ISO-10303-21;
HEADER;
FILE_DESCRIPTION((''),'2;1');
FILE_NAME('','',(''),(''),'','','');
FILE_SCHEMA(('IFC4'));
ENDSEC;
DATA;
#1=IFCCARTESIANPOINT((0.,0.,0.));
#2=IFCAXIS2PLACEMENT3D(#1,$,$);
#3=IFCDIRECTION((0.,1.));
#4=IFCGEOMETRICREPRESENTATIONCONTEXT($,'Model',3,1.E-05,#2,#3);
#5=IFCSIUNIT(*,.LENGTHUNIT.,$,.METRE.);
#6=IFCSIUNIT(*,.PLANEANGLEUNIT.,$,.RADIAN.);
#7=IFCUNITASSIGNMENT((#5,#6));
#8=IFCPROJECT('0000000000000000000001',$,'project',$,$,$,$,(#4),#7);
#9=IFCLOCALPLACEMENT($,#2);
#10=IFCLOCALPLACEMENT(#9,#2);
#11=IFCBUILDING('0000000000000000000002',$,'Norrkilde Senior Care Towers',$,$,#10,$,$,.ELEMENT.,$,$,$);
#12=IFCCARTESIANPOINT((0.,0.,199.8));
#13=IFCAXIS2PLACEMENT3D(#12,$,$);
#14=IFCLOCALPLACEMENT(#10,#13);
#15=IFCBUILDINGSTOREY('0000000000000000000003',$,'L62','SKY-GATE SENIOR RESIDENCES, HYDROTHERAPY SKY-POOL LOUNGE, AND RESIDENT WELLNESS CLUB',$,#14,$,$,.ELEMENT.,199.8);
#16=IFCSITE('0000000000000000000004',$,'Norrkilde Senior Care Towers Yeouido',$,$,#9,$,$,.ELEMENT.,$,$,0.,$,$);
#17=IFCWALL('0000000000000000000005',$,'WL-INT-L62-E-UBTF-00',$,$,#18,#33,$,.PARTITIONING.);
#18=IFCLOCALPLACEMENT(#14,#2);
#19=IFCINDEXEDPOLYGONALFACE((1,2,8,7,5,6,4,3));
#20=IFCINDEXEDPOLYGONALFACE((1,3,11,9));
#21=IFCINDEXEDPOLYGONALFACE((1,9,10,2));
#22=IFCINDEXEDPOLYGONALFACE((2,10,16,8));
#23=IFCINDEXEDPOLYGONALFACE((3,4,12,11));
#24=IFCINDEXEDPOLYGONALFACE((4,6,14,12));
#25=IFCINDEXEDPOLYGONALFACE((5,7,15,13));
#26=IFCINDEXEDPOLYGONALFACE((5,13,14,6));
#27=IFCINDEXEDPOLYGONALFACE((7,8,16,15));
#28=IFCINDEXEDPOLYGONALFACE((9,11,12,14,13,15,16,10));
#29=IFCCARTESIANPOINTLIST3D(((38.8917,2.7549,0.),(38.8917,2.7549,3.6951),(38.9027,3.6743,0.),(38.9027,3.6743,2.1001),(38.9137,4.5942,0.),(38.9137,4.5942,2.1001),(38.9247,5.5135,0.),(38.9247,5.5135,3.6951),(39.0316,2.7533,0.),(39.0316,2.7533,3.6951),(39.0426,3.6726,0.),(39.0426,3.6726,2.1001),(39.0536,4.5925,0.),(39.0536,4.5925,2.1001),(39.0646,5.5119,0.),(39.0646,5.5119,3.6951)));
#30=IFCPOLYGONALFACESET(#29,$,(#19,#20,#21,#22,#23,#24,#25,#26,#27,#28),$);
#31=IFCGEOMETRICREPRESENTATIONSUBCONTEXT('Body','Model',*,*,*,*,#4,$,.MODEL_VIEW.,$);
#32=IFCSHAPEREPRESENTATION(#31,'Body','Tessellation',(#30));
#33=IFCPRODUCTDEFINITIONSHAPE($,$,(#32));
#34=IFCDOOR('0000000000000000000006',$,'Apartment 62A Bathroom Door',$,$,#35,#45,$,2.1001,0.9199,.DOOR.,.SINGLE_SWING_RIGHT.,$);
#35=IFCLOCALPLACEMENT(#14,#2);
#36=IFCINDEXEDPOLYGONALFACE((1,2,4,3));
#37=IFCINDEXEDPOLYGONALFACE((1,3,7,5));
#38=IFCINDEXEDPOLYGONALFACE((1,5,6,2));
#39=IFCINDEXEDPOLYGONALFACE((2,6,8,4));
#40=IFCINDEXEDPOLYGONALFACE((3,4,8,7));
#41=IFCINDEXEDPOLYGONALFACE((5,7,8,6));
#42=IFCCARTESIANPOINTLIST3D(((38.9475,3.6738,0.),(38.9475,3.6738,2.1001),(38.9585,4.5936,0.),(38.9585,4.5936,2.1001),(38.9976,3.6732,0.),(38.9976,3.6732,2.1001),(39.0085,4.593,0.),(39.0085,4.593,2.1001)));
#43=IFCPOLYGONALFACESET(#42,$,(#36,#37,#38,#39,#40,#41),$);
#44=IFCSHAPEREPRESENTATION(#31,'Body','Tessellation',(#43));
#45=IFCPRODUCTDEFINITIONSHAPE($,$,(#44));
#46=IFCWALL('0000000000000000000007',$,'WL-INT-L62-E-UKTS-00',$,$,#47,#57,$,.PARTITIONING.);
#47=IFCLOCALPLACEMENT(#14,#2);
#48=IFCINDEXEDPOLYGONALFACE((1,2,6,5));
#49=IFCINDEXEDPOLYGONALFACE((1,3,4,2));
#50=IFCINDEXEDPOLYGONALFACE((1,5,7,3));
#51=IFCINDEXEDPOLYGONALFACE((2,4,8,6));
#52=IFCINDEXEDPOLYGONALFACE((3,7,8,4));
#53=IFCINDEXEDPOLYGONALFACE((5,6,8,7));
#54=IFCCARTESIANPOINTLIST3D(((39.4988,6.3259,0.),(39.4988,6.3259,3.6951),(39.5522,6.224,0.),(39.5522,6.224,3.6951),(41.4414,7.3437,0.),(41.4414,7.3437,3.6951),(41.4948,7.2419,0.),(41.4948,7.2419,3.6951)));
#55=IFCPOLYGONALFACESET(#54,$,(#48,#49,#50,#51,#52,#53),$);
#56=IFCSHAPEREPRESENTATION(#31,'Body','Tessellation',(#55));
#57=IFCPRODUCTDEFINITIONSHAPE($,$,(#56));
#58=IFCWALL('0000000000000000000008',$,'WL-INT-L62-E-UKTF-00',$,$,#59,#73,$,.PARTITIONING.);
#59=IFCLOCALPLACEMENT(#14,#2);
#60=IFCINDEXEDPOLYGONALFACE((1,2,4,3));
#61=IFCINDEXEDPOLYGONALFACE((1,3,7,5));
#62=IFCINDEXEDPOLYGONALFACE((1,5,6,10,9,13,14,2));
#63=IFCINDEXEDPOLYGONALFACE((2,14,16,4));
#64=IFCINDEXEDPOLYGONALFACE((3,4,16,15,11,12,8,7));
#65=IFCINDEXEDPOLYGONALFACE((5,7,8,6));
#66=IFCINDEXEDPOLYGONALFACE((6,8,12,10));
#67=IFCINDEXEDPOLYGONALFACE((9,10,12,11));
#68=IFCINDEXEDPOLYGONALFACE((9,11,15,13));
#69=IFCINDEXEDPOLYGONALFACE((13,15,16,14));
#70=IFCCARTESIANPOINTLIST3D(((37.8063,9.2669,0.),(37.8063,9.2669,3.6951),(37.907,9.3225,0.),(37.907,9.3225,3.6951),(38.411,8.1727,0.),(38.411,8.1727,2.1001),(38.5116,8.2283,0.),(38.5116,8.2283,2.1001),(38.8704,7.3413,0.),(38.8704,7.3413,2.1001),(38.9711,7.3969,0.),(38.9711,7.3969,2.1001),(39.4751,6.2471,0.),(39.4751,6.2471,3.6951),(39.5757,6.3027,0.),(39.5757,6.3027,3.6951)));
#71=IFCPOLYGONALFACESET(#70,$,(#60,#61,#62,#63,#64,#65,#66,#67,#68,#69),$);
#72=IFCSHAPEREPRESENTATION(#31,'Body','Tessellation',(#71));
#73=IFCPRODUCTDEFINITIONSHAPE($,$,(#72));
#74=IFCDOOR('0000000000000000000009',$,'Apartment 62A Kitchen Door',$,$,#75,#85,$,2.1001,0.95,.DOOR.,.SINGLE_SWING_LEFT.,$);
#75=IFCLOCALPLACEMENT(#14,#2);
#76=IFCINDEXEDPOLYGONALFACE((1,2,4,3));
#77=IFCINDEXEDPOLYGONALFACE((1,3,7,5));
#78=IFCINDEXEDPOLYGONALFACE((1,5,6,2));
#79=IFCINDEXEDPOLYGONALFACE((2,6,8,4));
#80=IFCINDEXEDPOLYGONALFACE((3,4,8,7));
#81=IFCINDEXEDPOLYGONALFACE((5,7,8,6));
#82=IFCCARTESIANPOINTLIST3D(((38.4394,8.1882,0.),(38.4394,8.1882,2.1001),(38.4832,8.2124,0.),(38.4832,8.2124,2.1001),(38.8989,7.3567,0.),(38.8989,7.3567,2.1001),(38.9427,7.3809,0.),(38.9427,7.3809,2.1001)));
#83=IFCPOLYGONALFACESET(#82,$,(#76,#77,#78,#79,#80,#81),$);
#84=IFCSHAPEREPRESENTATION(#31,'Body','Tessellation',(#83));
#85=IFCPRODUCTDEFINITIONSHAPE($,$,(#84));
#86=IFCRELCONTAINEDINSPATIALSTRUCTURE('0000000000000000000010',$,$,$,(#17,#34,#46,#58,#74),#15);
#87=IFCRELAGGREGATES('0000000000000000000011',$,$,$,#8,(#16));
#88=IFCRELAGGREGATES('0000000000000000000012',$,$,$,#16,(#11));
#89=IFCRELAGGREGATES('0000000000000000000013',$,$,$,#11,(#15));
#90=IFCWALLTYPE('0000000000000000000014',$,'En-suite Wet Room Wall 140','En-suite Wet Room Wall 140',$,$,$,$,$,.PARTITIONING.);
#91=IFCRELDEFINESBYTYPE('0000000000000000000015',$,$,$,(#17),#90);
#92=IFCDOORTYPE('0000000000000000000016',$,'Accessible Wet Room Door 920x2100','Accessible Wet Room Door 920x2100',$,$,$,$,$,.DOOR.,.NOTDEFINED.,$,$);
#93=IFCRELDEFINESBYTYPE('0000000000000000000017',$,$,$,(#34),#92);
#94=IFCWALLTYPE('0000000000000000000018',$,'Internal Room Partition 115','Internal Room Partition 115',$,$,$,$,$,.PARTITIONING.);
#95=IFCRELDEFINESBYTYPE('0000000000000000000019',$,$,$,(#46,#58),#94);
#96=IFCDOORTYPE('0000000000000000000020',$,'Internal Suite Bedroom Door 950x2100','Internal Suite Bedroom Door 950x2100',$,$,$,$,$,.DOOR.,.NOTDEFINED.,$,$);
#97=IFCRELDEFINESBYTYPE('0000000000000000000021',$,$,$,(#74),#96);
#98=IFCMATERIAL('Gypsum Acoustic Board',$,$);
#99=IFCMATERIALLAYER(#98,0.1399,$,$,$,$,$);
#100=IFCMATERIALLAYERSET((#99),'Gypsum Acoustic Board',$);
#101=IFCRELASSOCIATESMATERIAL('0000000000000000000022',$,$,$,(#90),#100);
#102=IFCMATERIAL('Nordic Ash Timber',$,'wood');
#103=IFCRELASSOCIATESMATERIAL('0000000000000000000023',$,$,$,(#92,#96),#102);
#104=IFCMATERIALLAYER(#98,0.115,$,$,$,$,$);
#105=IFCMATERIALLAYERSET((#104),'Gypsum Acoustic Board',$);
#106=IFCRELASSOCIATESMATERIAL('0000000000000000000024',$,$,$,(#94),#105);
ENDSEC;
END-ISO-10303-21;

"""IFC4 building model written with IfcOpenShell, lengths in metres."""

from ifc_helpers import new_model, si_unit, direction, frame, frame_2d, origin, place, context, subcontext, project, spatial, rectangle, extrude, source, transform, mapped, material, layer, layer_set, type_object, type_shapes, element, fill, save


model = new_model("IFC4")

# Units and contexts
model_context = context("Model", 3, precision=1e-05, world=origin(), true_north=direction((0.0, 1.0)))
body_context = subcontext(model_context, "Body", "Model", "MODEL_VIEW")
ifc_project = project(units=[si_unit("LENGTHUNIT", "METRE"), si_unit("PLANEANGLEUNIT", "RADIAN")], contexts=[model_context])

# Site, building, storey
site_placement = place(None, origin())
site = spatial("IfcSite", under=ifc_project, at=site_placement, Name="Norrkilde Senior Care Towers Yeouido", CompositionType="ELEMENT", RefElevation=0.0)
building_placement = place(site_placement, origin())
building = spatial("IfcBuilding", under=site, at=building_placement, Name="Norrkilde Senior Care Towers", CompositionType="ELEMENT")
storey_placement = place(building_placement, frame((0.0, 0.0, 199.8)))
storey = spatial("IfcBuildingStorey", under=building, at=storey_placement, Name="L62", Description="SKY-GATE SENIOR RESIDENCES, HYDROTHERAPY SKY-POOL LOUNGE, AND RESIDENT WELLNESS CLUB", CompositionType="ELEMENT", Elevation=199.8)

# Wall, opening, door
ifc_material_1 = material(Name="Gypsum Acoustic Board")
ifc_layer_1 = layer(ifc_material_1, 0.1399)
ifc_layer_set_1 = layer_set([ifc_layer_1], Name="Gypsum Acoustic Board")
wall_type_1 = type_object("IfcWallType", Name="En-suite Wet Room Wall 140", Description="En-suite Wet Room Wall 140", PredefinedType="PARTITIONING", material=ifc_layer_set_1)
shared_shape_1 = source(origin(), body_context, "Body", "SweptSolid", [
    extrude(rectangle(XDim=2.7588, YDim=0.1399, at=frame_2d((1.3794, 0.0))), origin(), (0.0, 0.0, 1.0), 3.6951),
])
type_shapes(wall_type_1, [shared_shape_1])
wall_1_placement = place(storey_placement, frame((38.9946, 5.5127, 0.0), z_axis=(0.0, 0.0, 1.0), x_axis=(-0.011947, -0.999929, 0.0)))
wall_1 = element("IfcWall", 1, at=wall_1_placement, inside=storey, type_object=wall_type_1, Name="WL-INT-L62-E-UBTF-00", PredefinedType="PARTITIONING", context=body_context, shape_type="MappedRepresentation", body=[
    mapped(shared_shape_1, transform((0.0, 0.0, 0.0), x_axis=(1.0, 0.0, 0.0), y_axis=(0.0, 1.0, 0.0), z_axis=(0.0, 0.0, 1.0), scale=1.0)),
])
opening_1_placement = place(wall_1_placement, frame((0.9194, 0.0, 0.0)))
opening_1 = element("IfcOpeningElement", 2, at=opening_1_placement, cuts=wall_1, PredefinedType="OPENING", context=body_context, shape_type="SweptSolid", body=[
    extrude(rectangle(XDim=0.9199, YDim=2.1001, at=frame_2d((0.46, 1.05))), frame((0.0, 0.0798, 0.0), z_axis=(0.0, -1.0, 0.0), x_axis=(1.0, 0.0, 0.0)), (0.0, 0.0, 1.0), 0.1599),
])
ifc_material_2 = material(Name="Nordic Ash Timber", Category="wood")
door_type_1 = type_object("IfcDoorType", Name="Accessible Wet Room Door 920x2100", Description="Accessible Wet Room Door 920x2100", OperationType="NOTDEFINED", PredefinedType="DOOR", material=ifc_material_2)
shared_shape_2 = source(origin(), body_context, "Body", "SweptSolid", [
    extrude(rectangle(XDim=0.9199, YDim=2.1001, at=frame_2d((0.46, 1.05))), frame((0.0, 0.0249, 0.0), z_axis=(0.0, -1.0, 0.0), x_axis=(1.0, 0.0, 0.0)), (0.0, 0.0, 1.0), 0.05),
])
type_shapes(door_type_1, [shared_shape_2])
door_1_placement = place(opening_1_placement, origin())
door_1 = element("IfcDoor", 3, at=door_1_placement, inside=storey, type_object=door_type_1, Name="Apartment 62A Bathroom Door", OperationType="SINGLE_SWING_RIGHT", OverallHeight=2.1001, OverallWidth=0.9199, PredefinedType="DOOR", context=body_context, shape_type="MappedRepresentation", body=[
    mapped(shared_shape_2, transform((0.0, 0.0, 0.0), x_axis=(1.0, 0.0, 0.0), y_axis=(0.0, 1.0, 0.0), z_axis=(0.0, 0.0, 1.0), scale=1.0)),
])
fill(opening_1, door_1)

# Wall
ifc_layer_2 = layer(ifc_material_1, 0.115)
ifc_layer_set_2 = layer_set([ifc_layer_2], Name="Gypsum Acoustic Board")
wall_type_2 = type_object("IfcWallType", Name="Internal Room Partition 115", Description="Internal Room Partition 115", PredefinedType="PARTITIONING", material=ifc_layer_set_2)
shared_shape_3 = source(origin(), body_context, "Body", "SweptSolid", [
    extrude(rectangle(XDim=2.1931, YDim=0.115, at=frame_2d((1.0967, 0.0))), origin(), (0.0, 0.0, 1.0), 3.6951),
])
wall_2_placement = place(storey_placement, frame((39.5254, 6.2749, 0.0), z_axis=(0.0, 0.0, 1.0), x_axis=(0.885784, 0.464099, 0.0)))
element("IfcWall", 4, at=wall_2_placement, inside=storey, type_object=wall_type_2, Name="WL-INT-L62-E-UKTS-00", PredefinedType="PARTITIONING", context=body_context, shape_type="MappedRepresentation", body=[
    mapped(shared_shape_3, transform((0.0, 0.0, 0.0), x_axis=(1.0, 0.0, 0.0), y_axis=(0.0, 1.0, 0.0), z_axis=(0.0, 0.0, 1.0), scale=1.0)),
])

# Wall, opening, door
shared_shape_4 = source(origin(), body_context, "Body", "SweptSolid", [
    extrude(rectangle(XDim=3.4502, YDim=0.115, at=frame_2d((1.7251, 0.0))), origin(), (0.0, 0.0, 1.0), 3.6951),
])
type_shapes(wall_type_2, [shared_shape_3, shared_shape_4])
wall_3_placement = place(storey_placement, frame((39.5254, 6.2749, 0.0), z_axis=(0.0, 0.0, 1.0), x_axis=(-0.483659, 0.875257, 0.0)))
wall_3 = element("IfcWall", 5, at=wall_3_placement, inside=storey, type_object=wall_type_2, Name="WL-INT-L62-E-UKTF-00", PredefinedType="PARTITIONING", context=body_context, shape_type="MappedRepresentation", body=[
    mapped(shared_shape_4, transform((0.0, 0.0, 0.0), x_axis=(1.0, 0.0, 0.0), y_axis=(0.0, 1.0, 0.0), z_axis=(0.0, 0.0, 1.0), scale=1.0)),
])
opening_2_placement = place(wall_3_placement, frame((1.25, 0.0, 0.0)))
opening_2 = element("IfcOpeningElement", 6, at=opening_2_placement, cuts=wall_3, PredefinedType="OPENING", context=body_context, shape_type="SweptSolid", body=[
    extrude(rectangle(XDim=0.95, YDim=2.1001, at=frame_2d((0.4751, 1.05))), frame((0.0, 0.0674, 0.0), z_axis=(0.0, -1.0, 0.0), x_axis=(1.0, 0.0, 0.0)), (0.0, 0.0, 1.0), 0.135),
])
door_type_2 = type_object("IfcDoorType", Name="Internal Suite Bedroom Door 950x2100", Description="Internal Suite Bedroom Door 950x2100", OperationType="NOTDEFINED", PredefinedType="DOOR", material=ifc_material_2)
shared_shape_5 = source(origin(), body_context, "Body", "SweptSolid", [
    extrude(rectangle(XDim=0.95, YDim=2.1001, at=frame_2d((0.4751, 1.05))), frame((0.0, 0.0249, 0.0), z_axis=(0.0, -1.0, 0.0), x_axis=(1.0, 0.0, 0.0)), (0.0, 0.0, 1.0), 0.05),
])
type_shapes(door_type_2, [shared_shape_5])
door_2_placement = place(opening_2_placement, frame((0.95, 0.0, 0.0), z_axis=(0.0, 0.0, 1.0), x_axis=(-1.0, 0.0, 0.0)))
door_2 = element("IfcDoor", 7, at=door_2_placement, inside=storey, type_object=door_type_2, Name="Apartment 62A Kitchen Door", OperationType="SINGLE_SWING_LEFT", OverallHeight=2.1001, OverallWidth=0.95, PredefinedType="DOOR", context=body_context, shape_type="MappedRepresentation", body=[
    mapped(shared_shape_5, transform((0.0, 0.0, 0.0), x_axis=(1.0, 0.0, 0.0), y_axis=(0.0, 1.0, 0.0), z_axis=(0.0, 0.0, 1.0), scale=1.0)),
])
fill(opening_2, door_2)

save(model, "model.ifc")
